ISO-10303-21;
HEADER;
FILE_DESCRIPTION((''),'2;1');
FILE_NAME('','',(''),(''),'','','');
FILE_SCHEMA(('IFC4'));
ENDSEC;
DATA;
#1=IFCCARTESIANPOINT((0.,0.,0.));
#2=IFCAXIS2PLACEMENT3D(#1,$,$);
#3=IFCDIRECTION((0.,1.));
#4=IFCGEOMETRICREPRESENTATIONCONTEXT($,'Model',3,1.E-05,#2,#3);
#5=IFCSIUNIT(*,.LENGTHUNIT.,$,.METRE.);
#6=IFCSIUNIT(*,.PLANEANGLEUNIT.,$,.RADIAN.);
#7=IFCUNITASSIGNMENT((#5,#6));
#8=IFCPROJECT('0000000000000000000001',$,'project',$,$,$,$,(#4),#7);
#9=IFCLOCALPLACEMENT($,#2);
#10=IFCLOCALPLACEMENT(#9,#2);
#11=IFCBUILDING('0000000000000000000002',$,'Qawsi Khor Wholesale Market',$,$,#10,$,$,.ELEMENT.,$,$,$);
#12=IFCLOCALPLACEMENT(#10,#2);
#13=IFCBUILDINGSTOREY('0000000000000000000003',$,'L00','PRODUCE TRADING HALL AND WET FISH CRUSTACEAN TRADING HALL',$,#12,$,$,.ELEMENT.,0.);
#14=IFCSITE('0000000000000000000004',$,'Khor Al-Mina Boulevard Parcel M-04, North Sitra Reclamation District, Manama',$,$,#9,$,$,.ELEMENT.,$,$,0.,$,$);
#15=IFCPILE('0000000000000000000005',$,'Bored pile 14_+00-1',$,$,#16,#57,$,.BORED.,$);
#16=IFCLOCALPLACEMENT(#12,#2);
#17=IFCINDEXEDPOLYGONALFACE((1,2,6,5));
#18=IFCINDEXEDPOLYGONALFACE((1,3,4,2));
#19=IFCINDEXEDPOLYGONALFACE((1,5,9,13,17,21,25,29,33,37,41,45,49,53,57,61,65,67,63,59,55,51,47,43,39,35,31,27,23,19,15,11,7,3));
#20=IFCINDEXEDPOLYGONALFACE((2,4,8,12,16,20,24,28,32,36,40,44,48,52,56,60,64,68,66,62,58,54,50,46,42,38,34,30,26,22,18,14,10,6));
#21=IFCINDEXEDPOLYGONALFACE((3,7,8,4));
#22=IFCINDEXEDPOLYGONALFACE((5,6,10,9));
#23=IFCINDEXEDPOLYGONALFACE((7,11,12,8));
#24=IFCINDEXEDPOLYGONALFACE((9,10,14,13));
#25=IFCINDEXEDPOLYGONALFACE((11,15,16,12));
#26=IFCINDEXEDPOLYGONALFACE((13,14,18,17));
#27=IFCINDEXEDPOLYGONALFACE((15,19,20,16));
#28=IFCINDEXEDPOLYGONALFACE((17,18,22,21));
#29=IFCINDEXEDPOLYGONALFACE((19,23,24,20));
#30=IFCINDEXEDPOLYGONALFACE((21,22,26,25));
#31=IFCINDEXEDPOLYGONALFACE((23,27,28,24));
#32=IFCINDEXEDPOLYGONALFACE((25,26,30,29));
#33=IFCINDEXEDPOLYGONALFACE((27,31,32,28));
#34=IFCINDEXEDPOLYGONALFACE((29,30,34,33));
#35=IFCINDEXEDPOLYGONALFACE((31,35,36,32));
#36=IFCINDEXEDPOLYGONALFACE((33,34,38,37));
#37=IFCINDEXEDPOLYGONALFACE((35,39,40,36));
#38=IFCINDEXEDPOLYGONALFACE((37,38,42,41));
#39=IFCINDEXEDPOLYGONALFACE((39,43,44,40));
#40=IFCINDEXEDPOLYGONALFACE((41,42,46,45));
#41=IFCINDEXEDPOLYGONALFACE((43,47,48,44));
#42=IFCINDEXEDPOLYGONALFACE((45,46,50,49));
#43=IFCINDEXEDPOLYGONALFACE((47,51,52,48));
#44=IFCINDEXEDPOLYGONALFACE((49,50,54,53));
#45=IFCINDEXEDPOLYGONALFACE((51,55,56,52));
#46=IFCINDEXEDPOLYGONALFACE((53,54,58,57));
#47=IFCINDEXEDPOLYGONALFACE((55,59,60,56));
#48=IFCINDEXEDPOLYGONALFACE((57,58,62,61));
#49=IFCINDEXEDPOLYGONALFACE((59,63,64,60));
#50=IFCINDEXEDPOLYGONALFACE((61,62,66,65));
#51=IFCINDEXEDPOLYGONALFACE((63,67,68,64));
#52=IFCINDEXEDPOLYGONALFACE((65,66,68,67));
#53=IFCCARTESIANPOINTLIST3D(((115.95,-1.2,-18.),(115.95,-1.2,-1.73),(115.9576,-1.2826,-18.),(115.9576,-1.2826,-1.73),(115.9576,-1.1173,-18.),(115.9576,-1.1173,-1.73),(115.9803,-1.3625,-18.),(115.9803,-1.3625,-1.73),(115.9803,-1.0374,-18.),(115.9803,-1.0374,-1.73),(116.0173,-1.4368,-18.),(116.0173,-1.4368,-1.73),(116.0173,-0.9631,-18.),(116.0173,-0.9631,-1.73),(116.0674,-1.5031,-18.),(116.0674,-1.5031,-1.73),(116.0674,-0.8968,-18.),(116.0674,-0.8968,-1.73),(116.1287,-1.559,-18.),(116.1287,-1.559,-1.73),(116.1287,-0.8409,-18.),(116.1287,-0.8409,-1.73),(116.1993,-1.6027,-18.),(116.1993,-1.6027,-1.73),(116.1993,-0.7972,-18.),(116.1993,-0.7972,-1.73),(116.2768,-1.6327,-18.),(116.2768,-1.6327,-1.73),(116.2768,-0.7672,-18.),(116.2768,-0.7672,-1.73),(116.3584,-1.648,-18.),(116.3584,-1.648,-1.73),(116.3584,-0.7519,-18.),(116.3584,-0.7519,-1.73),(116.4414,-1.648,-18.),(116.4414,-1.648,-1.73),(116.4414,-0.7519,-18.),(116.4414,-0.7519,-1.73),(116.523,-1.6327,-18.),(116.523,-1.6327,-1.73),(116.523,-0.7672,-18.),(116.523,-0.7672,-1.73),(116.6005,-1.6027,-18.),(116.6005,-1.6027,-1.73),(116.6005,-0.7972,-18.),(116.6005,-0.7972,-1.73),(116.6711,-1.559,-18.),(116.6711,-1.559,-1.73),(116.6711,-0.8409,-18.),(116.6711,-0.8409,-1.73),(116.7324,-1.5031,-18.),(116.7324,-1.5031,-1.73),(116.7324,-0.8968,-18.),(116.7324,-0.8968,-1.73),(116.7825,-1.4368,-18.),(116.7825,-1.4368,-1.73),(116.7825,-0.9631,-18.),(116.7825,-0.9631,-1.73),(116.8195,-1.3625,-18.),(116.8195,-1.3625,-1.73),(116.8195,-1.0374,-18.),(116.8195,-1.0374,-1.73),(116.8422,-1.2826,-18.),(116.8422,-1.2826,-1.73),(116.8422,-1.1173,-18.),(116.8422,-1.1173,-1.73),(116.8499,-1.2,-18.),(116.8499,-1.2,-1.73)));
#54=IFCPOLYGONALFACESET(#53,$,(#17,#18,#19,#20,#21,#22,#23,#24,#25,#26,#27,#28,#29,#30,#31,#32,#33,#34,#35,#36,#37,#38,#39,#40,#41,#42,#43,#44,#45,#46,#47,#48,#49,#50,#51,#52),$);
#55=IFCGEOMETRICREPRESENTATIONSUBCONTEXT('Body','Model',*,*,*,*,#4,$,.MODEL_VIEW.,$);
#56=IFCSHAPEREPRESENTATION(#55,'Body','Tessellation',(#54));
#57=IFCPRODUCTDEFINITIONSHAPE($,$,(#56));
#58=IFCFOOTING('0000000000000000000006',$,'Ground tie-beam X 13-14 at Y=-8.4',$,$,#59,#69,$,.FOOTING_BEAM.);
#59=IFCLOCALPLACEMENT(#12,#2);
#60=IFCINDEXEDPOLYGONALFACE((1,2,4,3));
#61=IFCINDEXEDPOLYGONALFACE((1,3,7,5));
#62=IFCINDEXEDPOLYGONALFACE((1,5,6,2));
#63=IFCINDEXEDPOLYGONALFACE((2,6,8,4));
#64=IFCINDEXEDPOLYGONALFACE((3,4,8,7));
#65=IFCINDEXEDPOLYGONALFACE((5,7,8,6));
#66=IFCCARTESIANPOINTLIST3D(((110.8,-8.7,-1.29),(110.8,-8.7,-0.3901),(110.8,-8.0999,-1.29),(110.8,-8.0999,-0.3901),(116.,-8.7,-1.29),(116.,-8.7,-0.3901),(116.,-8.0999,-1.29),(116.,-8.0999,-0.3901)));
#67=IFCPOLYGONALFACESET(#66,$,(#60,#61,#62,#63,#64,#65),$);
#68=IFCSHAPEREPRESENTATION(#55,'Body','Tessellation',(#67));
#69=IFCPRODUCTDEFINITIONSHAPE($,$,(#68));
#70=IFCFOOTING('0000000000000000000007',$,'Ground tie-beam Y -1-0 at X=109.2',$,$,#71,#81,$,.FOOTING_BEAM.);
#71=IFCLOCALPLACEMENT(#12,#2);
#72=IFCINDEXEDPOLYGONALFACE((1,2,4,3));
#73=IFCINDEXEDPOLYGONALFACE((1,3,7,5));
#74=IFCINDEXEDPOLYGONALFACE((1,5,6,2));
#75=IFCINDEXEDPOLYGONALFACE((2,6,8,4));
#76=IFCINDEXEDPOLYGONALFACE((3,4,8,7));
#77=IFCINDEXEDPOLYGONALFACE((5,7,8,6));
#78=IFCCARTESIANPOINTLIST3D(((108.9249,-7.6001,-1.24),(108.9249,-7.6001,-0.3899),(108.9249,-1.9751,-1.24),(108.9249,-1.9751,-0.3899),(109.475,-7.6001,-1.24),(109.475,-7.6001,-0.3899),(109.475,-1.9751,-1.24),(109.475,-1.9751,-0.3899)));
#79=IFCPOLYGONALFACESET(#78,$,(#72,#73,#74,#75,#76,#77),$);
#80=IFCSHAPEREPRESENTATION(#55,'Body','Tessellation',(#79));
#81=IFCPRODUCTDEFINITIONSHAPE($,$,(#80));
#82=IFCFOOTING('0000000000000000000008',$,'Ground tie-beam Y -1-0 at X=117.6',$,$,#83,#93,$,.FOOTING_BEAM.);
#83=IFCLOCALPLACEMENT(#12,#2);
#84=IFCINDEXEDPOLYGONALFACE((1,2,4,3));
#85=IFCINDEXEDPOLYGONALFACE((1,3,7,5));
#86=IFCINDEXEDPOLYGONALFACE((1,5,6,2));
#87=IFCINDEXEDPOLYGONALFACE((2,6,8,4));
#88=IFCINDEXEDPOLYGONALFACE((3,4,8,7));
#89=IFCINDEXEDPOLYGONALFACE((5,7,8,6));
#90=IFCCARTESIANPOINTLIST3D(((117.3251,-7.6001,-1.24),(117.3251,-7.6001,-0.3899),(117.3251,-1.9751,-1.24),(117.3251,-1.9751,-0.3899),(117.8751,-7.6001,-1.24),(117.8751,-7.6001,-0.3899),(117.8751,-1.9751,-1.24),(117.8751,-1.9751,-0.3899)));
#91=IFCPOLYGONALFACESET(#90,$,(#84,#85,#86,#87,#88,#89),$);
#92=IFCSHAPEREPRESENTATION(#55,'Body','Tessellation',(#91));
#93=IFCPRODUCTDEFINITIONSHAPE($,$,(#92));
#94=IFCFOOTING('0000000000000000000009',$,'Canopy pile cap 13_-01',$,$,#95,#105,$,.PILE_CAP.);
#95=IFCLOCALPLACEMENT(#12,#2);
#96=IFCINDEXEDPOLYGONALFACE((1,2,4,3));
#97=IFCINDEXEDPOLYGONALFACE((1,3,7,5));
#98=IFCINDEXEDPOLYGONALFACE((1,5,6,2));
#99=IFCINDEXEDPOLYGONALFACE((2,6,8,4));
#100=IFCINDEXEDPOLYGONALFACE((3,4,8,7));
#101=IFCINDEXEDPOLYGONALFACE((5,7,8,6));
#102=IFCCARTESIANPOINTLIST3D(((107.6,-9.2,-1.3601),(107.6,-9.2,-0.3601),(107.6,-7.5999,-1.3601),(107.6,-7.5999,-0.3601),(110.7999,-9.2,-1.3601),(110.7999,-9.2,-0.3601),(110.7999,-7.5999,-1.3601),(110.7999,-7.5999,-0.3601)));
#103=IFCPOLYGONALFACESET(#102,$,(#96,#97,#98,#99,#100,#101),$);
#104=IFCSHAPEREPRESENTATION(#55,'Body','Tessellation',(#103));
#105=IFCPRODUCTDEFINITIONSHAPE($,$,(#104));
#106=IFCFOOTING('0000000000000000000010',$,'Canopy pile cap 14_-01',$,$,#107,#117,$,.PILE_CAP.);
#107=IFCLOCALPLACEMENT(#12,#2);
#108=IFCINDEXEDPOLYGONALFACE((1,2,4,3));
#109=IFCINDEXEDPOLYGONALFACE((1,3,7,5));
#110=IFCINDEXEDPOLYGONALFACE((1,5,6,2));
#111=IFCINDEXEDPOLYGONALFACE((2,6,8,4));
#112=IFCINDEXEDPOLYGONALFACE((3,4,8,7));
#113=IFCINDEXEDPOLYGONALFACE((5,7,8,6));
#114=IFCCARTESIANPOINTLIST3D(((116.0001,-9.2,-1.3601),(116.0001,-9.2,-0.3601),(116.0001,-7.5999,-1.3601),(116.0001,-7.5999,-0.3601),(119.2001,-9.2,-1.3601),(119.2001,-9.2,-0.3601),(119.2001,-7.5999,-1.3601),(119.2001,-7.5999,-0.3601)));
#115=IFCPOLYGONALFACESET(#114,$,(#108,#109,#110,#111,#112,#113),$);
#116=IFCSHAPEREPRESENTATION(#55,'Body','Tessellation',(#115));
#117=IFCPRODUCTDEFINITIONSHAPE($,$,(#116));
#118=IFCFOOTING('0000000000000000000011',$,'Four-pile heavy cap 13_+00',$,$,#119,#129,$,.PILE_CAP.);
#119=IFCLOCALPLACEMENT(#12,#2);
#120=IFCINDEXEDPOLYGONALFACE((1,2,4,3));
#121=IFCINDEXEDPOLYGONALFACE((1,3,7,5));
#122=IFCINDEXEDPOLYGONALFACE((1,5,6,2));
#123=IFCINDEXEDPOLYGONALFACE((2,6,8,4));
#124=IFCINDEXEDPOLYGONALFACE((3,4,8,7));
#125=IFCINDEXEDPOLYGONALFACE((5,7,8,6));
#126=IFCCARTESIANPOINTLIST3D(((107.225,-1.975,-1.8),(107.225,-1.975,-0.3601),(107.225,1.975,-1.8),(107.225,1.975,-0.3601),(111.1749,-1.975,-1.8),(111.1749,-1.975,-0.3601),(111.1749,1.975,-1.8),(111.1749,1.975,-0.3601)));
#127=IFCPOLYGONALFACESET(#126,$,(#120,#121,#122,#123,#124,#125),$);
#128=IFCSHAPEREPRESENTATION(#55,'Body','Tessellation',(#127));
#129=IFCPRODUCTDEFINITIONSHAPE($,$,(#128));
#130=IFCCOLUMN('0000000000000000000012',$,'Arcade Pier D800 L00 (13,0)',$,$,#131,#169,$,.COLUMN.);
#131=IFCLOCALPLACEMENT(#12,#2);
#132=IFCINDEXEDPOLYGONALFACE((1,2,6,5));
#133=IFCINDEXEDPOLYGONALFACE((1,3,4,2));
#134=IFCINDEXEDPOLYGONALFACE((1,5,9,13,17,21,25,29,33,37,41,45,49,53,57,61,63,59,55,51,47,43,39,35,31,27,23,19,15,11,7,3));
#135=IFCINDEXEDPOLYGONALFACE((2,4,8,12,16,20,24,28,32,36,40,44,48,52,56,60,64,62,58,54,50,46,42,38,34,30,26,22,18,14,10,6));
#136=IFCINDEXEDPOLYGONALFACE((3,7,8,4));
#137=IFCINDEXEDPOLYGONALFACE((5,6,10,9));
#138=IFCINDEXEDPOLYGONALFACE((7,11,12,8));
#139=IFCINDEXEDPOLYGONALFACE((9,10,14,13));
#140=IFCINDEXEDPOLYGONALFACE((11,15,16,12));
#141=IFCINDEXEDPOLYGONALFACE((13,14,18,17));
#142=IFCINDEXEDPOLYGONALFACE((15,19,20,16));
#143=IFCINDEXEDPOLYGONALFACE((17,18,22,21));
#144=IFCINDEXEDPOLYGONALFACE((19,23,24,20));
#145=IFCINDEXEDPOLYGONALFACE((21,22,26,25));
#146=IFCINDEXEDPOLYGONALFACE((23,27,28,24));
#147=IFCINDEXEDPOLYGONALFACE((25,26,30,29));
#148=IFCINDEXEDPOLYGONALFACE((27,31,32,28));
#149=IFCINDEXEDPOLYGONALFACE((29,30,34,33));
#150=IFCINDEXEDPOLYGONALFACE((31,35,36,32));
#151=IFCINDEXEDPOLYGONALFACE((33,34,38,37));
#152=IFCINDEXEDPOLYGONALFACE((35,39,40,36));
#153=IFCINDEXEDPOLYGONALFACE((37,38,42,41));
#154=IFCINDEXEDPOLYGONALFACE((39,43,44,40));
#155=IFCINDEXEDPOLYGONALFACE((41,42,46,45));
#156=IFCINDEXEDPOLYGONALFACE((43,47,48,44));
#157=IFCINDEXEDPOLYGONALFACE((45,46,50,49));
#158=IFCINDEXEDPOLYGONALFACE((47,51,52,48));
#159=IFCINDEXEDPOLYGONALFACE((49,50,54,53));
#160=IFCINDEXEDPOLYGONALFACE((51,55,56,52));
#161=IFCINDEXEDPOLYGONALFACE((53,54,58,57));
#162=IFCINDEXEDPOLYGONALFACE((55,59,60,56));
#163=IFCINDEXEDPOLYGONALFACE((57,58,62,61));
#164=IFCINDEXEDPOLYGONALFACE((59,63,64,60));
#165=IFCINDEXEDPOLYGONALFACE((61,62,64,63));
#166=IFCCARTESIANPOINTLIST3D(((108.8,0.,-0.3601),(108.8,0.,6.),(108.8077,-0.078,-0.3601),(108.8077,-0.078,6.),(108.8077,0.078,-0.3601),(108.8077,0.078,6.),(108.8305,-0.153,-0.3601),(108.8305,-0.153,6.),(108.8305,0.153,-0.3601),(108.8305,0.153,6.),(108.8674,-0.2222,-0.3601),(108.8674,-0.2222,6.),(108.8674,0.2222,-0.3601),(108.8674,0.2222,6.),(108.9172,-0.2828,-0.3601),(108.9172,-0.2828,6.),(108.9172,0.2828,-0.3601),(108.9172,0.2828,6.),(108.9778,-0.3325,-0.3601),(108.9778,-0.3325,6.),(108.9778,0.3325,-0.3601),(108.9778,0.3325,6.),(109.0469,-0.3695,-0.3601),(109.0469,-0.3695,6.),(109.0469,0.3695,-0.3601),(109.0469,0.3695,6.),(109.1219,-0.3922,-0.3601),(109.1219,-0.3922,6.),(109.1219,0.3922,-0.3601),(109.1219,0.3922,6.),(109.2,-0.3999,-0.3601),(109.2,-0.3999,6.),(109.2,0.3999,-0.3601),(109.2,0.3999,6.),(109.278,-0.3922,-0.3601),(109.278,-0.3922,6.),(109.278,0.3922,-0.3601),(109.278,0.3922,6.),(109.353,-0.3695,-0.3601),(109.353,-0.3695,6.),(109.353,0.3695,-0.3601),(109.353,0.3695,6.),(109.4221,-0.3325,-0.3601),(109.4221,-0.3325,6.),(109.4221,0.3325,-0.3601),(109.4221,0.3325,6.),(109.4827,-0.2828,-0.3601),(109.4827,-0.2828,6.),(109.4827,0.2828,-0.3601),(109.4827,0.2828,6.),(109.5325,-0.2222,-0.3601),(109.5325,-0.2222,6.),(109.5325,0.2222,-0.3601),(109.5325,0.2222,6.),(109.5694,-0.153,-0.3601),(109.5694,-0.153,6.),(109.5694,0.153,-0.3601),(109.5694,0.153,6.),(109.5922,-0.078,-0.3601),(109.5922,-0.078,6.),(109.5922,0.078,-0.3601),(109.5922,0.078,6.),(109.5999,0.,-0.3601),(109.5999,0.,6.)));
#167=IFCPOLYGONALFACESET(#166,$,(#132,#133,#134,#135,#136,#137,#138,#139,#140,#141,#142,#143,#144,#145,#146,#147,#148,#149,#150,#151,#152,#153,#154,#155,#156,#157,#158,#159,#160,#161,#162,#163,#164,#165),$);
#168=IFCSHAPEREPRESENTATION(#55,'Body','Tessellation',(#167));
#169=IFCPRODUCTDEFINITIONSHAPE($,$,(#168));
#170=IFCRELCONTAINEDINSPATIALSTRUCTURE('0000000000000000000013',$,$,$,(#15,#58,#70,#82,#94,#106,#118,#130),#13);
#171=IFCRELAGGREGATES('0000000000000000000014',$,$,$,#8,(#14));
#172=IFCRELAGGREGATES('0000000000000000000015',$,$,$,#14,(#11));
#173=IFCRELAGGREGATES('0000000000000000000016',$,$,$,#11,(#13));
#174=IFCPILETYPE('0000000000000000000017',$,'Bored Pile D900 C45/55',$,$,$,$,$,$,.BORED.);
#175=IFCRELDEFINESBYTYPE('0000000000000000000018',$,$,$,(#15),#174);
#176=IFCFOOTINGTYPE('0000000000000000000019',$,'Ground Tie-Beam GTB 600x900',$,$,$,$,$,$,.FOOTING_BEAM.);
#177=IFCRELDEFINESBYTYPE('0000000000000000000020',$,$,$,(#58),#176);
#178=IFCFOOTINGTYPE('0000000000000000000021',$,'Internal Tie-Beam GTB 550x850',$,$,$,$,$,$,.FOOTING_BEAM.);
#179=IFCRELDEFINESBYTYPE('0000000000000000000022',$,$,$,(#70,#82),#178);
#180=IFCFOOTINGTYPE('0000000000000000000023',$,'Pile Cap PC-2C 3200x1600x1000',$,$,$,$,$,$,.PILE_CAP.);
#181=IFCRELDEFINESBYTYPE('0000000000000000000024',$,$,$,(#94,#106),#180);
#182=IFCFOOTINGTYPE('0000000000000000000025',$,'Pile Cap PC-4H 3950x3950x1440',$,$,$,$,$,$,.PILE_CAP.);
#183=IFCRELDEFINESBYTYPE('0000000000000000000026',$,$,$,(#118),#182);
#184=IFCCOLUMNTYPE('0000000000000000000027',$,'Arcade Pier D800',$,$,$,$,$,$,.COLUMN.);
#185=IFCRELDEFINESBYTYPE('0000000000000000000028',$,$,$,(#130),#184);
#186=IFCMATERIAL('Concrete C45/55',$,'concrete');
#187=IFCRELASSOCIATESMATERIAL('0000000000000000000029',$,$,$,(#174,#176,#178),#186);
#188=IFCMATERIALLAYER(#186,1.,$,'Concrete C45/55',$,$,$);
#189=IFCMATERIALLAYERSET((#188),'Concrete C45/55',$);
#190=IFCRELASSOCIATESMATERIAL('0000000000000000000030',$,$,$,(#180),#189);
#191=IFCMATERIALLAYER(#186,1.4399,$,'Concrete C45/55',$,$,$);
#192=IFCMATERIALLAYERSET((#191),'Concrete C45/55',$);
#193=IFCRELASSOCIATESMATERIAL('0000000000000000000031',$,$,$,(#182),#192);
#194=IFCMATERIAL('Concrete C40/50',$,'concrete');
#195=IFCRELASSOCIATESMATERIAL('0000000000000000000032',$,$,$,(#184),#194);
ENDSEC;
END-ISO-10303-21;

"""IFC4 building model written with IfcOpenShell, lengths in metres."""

from ifc_helpers import new_model, si_unit, direction, frame, origin, origin_2d, place, context, subcontext, project, spatial, rectangle, circle, extrude, material, layer, layer_set, material_profile, profile_set, type_object, element, save


model = new_model("IFC4")

# Units and contexts
model_context = context("Model", 3, precision=1e-05, world=origin(), true_north=direction((0.0, 1.0)))
body_context = subcontext(model_context, "Body", "Model", "MODEL_VIEW")
ifc_project = project(units=[si_unit("LENGTHUNIT", "METRE"), si_unit("PLANEANGLEUNIT", "RADIAN")], contexts=[model_context])

# Site, building, storey
site_placement = place(None, origin())
site = spatial("IfcSite", under=ifc_project, at=site_placement, Name="Khor Al-Mina Boulevard Parcel M-04, North Sitra Reclamation District, Manama", CompositionType="ELEMENT", RefElevation=0.0)
building_placement = place(site_placement, origin())
building = spatial("IfcBuilding", under=site, at=building_placement, Name="Qawsi Khor Wholesale Market", CompositionType="ELEMENT")
storey_placement = place(building_placement, origin())
storey = spatial("IfcBuildingStorey", under=building, at=storey_placement, Name="L00", Description="PRODUCE TRADING HALL AND WET FISH CRUSTACEAN TRADING HALL", CompositionType="ELEMENT", Elevation=0.0)

# Pile
ifc_material_1 = material(Name="Concrete C45/55", Category="concrete")
ifc_material_profile_1 = material_profile(ifc_material_1, circle(Radius=0.45, at=origin_2d()), Name="PILE D900")
ifc_profile_set_1 = profile_set([ifc_material_profile_1], Name="Concrete C45/55")
pile_type_1 = type_object("IfcPileType", Name="Bored Pile D900 C45/55", PredefinedType="BORED", material=ifc_profile_set_1)
for number, where, z_axis, x_axis, name in (
    (1, (116.3999, -1.2, -1.73), (0.0, 0.0, -1.0), (1.0, 0.0, 0.0), "Bored pile 14_+00-1"),
):
    element("IfcPile", number, at=place(storey_placement, frame(where, z_axis=z_axis, x_axis=x_axis)), inside=storey, type_object=pile_type_1, Name=name, PredefinedType="BORED", context=body_context, shape_type="SweptSolid", body=[
        extrude(circle(Radius=0.45, at=origin_2d()), origin(), (0.0, 0.0, 1.0), 16.27),
    ])

# Footings
ifc_material_profile_2 = material_profile(ifc_material_1, rectangle(XDim=0.6001, YDim=0.8999, at=origin_2d()), Name="RC 600x900")
ifc_profile_set_2 = profile_set([ifc_material_profile_2], Name="Concrete C45/55")
footing_type_1 = type_object("IfcFootingType", Name="Ground Tie-Beam GTB 600x900", PredefinedType="FOOTING_BEAM", material=ifc_profile_set_2)
footing_1_placement = place(storey_placement, frame((110.8, -8.3999, -0.8401), z_axis=(1.0, 0.0, 0.0), x_axis=(0.0, 1.0, 0.0)))
element("IfcFooting", 2, at=footing_1_placement, inside=storey, type_object=footing_type_1, Name="Ground tie-beam X 13-14 at Y=-8.4", PredefinedType="FOOTING_BEAM", context=body_context, shape_type="SweptSolid", body=[
    extrude(rectangle(XDim=0.6001, YDim=0.8999, at=origin_2d()), origin(), (0.0, 0.0, 1.0), 5.2),
])
ifc_material_profile_3 = material_profile(ifc_material_1, rectangle(XDim=0.55, YDim=0.8501, at=origin_2d()), Name="RC 550x850")
ifc_profile_set_3 = profile_set([ifc_material_profile_3], Name="Concrete C45/55")
footing_type_2 = type_object("IfcFootingType", Name="Internal Tie-Beam GTB 550x850", PredefinedType="FOOTING_BEAM", material=ifc_profile_set_3)
for number, where, z_axis, x_axis, name in (
    (3, (109.2, -7.6001, -0.8149), (0.0, 1.0, 0.0), (-1.0, 0.0, 0.0), "Ground tie-beam Y -1-0 at X=109.2"),
    (4, (117.6001, -7.6001, -0.8149), (0.0, 1.0, 0.0), (-1.0, 0.0, 0.0), "Ground tie-beam Y -1-0 at X=117.6"),
):
    element("IfcFooting", number, at=place(storey_placement, frame(where, z_axis=z_axis, x_axis=x_axis)), inside=storey, type_object=footing_type_2, Name=name, PredefinedType="FOOTING_BEAM", context=body_context, shape_type="SweptSolid", body=[
        extrude(rectangle(XDim=0.55, YDim=0.8501, at=origin_2d()), origin(), (0.0, 0.0, 1.0), 5.625),
    ])
ifc_layer_1 = layer(ifc_material_1, 1.0, Name="Concrete C45/55")
ifc_layer_set_1 = layer_set([ifc_layer_1], Name="Concrete C45/55")
footing_type_3 = type_object("IfcFootingType", Name="Pile Cap PC-2C 3200x1600x1000", PredefinedType="PILE_CAP", material=ifc_layer_set_1)
for number, where, z_axis, x_axis, name in (
    (5, (109.2, -8.3999, -1.3601), (0.0, 0.0, 1.0), (1.0, 0.0, 0.0), "Canopy pile cap 13_-01"),
    (6, (117.6001, -8.3999, -1.3601), (0.0, 0.0, 1.0), (1.0, 0.0, 0.0), "Canopy pile cap 14_-01"),
):
    element("IfcFooting", number, at=place(storey_placement, frame(where, z_axis=z_axis, x_axis=x_axis)), inside=storey, type_object=footing_type_3, Name=name, PredefinedType="PILE_CAP", context=body_context, shape_type="SweptSolid", body=[
        extrude(rectangle(XDim=3.2, YDim=1.6001, at=origin_2d()), origin(), (0.0, 0.0, 1.0), 1.0),
    ])
ifc_layer_2 = layer(ifc_material_1, 1.4399, Name="Concrete C45/55")
ifc_layer_set_2 = layer_set([ifc_layer_2], Name="Concrete C45/55")
footing_type_4 = type_object("IfcFootingType", Name="Pile Cap PC-4H 3950x3950x1440", PredefinedType="PILE_CAP", material=ifc_layer_set_2)
footing_2_placement = place(storey_placement, frame((109.2, 0.0, -1.8), z_axis=(0.0, 0.0, 1.0), x_axis=(1.0, 0.0, 0.0)))
element("IfcFooting", 7, at=footing_2_placement, inside=storey, type_object=footing_type_4, Name="Four-pile heavy cap 13_+00", PredefinedType="PILE_CAP", context=body_context, shape_type="SweptSolid", body=[
    extrude(rectangle(XDim=3.95, YDim=3.95, at=origin_2d()), origin(), (0.0, 0.0, 1.0), 1.4399),
])

# Column
ifc_material_2 = material(Name="Concrete C40/50", Category="concrete")
ifc_material_profile_4 = material_profile(ifc_material_2, circle(Radius=0.3999, at=origin_2d()), Name="RC COL D800")
ifc_profile_set_4 = profile_set([ifc_material_profile_4], Name="Concrete C40/50")
column_type_1 = type_object("IfcColumnType", Name="Arcade Pier D800", PredefinedType="COLUMN", material=ifc_profile_set_4)
column_placement = place(storey_placement, frame((109.2, 0.0, -0.3601), z_axis=(0.0, 0.0, 1.0), x_axis=(1.0, 0.0, 0.0)))
element("IfcColumn", 8, at=column_placement, inside=storey, type_object=column_type_1, Name="Arcade Pier D800 L00 (13,0)", PredefinedType="COLUMN", context=body_context, shape_type="SweptSolid", body=[
    extrude(circle(Radius=0.3999, at=origin_2d()), origin(), (0.0, 0.0, 1.0), 6.3601),
])

save(model, "model.ifc")
